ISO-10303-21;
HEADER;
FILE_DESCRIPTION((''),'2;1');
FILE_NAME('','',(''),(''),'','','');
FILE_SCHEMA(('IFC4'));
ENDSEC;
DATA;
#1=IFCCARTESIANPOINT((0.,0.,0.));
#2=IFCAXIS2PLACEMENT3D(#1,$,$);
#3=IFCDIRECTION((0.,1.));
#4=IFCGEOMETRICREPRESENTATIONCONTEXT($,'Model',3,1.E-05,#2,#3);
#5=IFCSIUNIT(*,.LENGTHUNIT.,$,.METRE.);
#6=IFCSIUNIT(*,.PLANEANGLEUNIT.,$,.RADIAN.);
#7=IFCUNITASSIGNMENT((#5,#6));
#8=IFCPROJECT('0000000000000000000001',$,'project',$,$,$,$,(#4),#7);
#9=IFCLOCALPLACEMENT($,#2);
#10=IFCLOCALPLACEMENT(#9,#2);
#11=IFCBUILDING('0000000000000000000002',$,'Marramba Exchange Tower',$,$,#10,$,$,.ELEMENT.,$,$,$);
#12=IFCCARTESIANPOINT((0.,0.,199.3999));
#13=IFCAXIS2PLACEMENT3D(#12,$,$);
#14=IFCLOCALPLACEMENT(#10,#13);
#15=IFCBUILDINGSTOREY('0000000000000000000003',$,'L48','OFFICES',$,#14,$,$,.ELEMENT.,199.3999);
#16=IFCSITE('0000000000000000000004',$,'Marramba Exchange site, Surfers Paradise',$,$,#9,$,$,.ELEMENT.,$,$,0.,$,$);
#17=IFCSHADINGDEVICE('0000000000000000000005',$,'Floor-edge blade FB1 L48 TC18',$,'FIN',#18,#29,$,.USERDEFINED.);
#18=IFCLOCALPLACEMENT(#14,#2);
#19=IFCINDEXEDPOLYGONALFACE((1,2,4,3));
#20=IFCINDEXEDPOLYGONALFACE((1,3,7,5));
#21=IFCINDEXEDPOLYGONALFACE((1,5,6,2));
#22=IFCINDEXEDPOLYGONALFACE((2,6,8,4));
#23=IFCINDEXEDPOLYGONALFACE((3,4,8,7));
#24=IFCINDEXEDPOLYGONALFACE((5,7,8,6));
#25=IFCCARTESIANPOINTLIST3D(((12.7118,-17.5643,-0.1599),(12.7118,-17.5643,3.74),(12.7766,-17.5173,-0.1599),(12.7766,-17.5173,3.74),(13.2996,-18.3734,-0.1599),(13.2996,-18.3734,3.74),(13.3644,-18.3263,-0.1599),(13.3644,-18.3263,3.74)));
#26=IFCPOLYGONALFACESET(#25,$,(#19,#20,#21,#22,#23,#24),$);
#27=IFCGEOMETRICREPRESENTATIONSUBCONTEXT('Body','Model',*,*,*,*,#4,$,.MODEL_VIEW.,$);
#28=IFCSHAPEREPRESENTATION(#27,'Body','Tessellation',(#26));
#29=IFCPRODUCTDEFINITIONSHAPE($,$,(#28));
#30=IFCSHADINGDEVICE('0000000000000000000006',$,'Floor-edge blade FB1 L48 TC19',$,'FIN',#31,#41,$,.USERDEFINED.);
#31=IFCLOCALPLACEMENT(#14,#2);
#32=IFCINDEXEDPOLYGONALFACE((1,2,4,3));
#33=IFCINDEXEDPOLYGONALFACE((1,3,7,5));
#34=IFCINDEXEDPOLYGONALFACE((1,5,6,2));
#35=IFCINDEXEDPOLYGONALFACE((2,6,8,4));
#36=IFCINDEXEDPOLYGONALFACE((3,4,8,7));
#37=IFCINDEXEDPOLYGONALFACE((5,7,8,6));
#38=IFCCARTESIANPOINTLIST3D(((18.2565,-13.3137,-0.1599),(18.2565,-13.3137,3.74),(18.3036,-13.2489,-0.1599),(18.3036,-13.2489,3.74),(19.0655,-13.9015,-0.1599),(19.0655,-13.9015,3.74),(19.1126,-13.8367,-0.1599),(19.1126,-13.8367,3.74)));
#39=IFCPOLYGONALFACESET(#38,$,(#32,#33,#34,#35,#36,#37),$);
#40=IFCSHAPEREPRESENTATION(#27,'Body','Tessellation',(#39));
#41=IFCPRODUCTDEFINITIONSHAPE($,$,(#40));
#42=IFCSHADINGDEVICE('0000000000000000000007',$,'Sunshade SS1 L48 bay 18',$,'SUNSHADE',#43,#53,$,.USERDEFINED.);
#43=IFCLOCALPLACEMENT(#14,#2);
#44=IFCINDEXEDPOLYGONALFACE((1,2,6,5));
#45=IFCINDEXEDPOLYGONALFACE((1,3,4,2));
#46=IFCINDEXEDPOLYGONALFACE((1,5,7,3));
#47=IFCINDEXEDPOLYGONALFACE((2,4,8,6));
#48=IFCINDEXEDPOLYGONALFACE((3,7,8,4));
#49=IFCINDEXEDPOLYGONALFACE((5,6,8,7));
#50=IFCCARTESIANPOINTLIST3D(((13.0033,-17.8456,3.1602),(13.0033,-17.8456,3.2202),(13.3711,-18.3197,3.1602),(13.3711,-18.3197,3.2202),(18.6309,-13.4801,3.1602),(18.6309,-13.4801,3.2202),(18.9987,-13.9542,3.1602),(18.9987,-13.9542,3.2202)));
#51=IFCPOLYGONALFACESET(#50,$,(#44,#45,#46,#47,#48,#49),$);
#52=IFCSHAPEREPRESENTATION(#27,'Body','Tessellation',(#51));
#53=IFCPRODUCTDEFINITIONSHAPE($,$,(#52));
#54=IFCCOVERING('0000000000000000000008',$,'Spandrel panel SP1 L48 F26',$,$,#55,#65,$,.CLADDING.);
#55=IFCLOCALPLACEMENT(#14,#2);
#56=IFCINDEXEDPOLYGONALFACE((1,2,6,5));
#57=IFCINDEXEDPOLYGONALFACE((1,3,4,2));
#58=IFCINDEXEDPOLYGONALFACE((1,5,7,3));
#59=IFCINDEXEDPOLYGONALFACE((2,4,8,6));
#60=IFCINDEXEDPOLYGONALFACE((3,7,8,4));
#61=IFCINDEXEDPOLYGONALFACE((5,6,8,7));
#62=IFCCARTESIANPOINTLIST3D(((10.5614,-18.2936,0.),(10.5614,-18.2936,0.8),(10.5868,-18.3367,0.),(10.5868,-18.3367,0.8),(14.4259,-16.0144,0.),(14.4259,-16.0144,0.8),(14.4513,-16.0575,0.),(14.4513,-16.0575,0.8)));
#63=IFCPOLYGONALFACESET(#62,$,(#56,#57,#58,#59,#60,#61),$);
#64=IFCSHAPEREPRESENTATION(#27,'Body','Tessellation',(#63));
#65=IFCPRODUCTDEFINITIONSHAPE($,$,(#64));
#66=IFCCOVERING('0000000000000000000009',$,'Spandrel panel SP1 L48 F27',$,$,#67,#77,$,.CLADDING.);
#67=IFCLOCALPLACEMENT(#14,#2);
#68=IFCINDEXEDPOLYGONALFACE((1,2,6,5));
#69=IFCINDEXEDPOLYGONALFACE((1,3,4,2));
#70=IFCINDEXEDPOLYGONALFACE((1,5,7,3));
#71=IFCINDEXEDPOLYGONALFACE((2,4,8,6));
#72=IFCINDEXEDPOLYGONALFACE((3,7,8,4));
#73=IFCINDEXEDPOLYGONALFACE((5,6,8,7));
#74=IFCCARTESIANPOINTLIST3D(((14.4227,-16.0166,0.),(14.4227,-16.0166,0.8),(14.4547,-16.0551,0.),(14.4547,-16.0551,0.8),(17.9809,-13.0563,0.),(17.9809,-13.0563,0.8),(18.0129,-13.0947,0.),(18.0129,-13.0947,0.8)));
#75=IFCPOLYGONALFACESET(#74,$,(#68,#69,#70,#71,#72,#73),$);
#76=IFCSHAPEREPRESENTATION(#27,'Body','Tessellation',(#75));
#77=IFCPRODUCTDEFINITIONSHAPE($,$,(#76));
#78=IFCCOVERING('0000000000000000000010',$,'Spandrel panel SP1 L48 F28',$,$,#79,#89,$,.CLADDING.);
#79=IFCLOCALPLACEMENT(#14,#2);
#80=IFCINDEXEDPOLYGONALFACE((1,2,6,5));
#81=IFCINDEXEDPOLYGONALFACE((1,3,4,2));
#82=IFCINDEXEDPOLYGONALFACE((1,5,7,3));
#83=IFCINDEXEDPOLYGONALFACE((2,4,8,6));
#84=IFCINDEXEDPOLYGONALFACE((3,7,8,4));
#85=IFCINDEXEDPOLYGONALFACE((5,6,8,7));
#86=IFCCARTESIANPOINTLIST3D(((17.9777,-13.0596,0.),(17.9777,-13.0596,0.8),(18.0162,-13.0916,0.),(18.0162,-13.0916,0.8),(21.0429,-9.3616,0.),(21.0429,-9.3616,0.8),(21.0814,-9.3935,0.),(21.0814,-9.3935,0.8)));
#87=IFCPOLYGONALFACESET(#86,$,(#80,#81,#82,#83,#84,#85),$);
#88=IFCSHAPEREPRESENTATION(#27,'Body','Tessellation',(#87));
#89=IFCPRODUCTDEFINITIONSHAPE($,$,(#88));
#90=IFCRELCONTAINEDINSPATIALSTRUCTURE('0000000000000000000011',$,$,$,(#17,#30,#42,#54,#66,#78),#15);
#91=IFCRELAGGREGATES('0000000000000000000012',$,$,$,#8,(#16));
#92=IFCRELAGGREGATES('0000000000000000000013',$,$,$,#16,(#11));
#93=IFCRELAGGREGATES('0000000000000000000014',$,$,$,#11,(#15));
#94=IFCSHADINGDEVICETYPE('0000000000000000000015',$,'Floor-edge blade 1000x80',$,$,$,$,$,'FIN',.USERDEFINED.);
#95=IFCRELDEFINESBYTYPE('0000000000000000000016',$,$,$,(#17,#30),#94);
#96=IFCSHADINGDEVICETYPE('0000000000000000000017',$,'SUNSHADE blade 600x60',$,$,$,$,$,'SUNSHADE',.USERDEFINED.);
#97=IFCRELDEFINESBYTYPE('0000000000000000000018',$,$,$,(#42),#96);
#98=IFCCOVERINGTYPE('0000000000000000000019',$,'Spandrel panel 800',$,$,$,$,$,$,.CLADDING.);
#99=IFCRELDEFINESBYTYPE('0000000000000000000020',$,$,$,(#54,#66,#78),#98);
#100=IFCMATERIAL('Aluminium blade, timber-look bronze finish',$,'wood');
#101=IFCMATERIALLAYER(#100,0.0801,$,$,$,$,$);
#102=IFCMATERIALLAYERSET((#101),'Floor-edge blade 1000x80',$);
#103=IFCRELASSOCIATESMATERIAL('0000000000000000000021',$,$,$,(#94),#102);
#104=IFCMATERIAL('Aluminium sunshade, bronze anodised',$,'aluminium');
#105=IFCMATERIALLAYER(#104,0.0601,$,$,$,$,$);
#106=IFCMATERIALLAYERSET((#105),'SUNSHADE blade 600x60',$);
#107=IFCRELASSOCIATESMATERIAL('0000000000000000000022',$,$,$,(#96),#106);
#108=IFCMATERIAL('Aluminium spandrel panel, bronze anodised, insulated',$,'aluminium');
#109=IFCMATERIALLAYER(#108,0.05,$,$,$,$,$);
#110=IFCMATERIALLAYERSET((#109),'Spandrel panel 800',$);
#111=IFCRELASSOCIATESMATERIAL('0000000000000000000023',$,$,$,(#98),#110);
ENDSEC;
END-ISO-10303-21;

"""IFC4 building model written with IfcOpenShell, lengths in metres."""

from ifc_helpers import new_model, si_unit, direction, frame, origin, origin_2d, place, context, subcontext, project, spatial, rectangle, extrude, material, layer, layer_set, type_object, element, save


model = new_model("IFC4")

# Units and contexts
model_context = context("Model", 3, precision=1e-05, world=origin(), true_north=direction((0.0, 1.0)))
body_context = subcontext(model_context, "Body", "Model", "MODEL_VIEW")
ifc_project = project(units=[si_unit("LENGTHUNIT", "METRE"), si_unit("PLANEANGLEUNIT", "RADIAN")], contexts=[model_context])

# Site, building, storey
site_placement = place(None, origin())
site = spatial("IfcSite", under=ifc_project, at=site_placement, Name="Marramba Exchange site, Surfers Paradise", CompositionType="ELEMENT", RefElevation=0.0)
building_placement = place(site_placement, origin())
building = spatial("IfcBuilding", under=site, at=building_placement, Name="Marramba Exchange Tower", CompositionType="ELEMENT")
storey_placement = place(building_placement, frame((0.0, 0.0, 199.3999)))
storey = spatial("IfcBuildingStorey", under=building, at=storey_placement, Name="L48", Description="OFFICES", CompositionType="ELEMENT", Elevation=199.3999)

# Shading devices
ifc_material_1 = material(Name="Aluminium blade, timber-look bronze finish", Category="wood")
ifc_layer_1 = layer(ifc_material_1, 0.0801)
ifc_layer_set_1 = layer_set([ifc_layer_1], Name="Floor-edge blade 1000x80")
shading_device_type_1 = type_object("IfcShadingDeviceType", Name="Floor-edge blade 1000x80", ElementType="FIN", PredefinedType="USERDEFINED", material=ifc_layer_set_1)
for number, where, z_axis, x_axis, name in (
    (1, (13.0381, -17.9453, -0.1599), (0.0, 0.0, 1.0), (0.587785, -0.809017, 0.0), "Floor-edge blade FB1 L48 TC18"),
    (2, (18.6846, -13.5752, -0.1599), (0.0, 0.0, 1.0), (0.809017, -0.587785, 0.0), "Floor-edge blade FB1 L48 TC19"),
):
    element("IfcShadingDevice", number, at=place(storey_placement, frame(where, z_axis=z_axis, x_axis=x_axis)), inside=storey, type_object=shading_device_type_1, Name=name, ObjectType="FIN", PredefinedType="USERDEFINED", context=body_context, shape_type="SweptSolid", body=[
        extrude(rectangle(XDim=1.0, YDim=0.0801, at=origin_2d()), origin(), (0.0, 0.0, 1.0), 3.8999),
    ])
ifc_material_2 = material(Name="Aluminium sunshade, bronze anodised", Category="aluminium")
ifc_layer_2 = layer(ifc_material_2, 0.0601)
ifc_layer_set_2 = layer_set([ifc_layer_2], Name="SUNSHADE blade 600x60")
shading_device_type_2 = type_object("IfcShadingDeviceType", Name="SUNSHADE blade 600x60", ElementType="SUNSHADE", PredefinedType="USERDEFINED", material=ifc_layer_set_2)
shading_device_placement = place(storey_placement, frame((16.001, -15.8999, 3.1602), z_axis=(0.0, 0.0, 1.0), x_axis=(0.790133, 0.612935, 0.0)))
element("IfcShadingDevice", 3, at=shading_device_placement, inside=storey, type_object=shading_device_type_2, Name="Sunshade SS1 L48 bay 18", ObjectType="SUNSHADE", PredefinedType="USERDEFINED", context=body_context, shape_type="SweptSolid", body=[
    extrude(rectangle(XDim=7.1223, YDim=0.6001, at=origin_2d()), origin(), (0.0, 0.0, 1.0), 0.0601),
])

# Coverings
ifc_material_3 = material(Name="Aluminium spandrel panel, bronze anodised, insulated", Category="aluminium")
ifc_layer_3 = layer(ifc_material_3, 0.05)
ifc_layer_set_3 = layer_set([ifc_layer_3], Name="Spandrel panel 800")
covering_type = type_object("IfcCoveringType", Name="Spandrel panel 800", PredefinedType="CLADDING", material=ifc_layer_set_3)
covering_1_placement = place(storey_placement, frame((12.5063, -17.1755, 0.0), z_axis=(0.0, 0.0, 1.0), x_axis=(0.861351, 0.508011, 0.0)))
element("IfcCovering", 4, at=covering_1_placement, inside=storey, type_object=covering_type, Name="Spandrel panel SP1 L48 F26", PredefinedType="CLADDING", context=body_context, shape_type="SweptSolid", body=[
    extrude(rectangle(XDim=4.4866, YDim=0.05, at=origin_2d()), origin(), (0.0, 0.0, 1.0), 0.8),
])
covering_2_placement = place(storey_placement, frame((16.2178, -14.5557, 0.0), z_axis=(0.0, 0.0, 1.0), x_axis=(0.768737, 0.639565, 0.0)))
element("IfcCovering", 5, at=covering_2_placement, inside=storey, type_object=covering_type, Name="Spandrel panel SP1 L48 F27", PredefinedType="CLADDING", context=body_context, shape_type="SweptSolid", body=[
    extrude(rectangle(XDim=4.6287, YDim=0.05, at=origin_2d()), origin(), (0.0, 0.0, 1.0), 0.8),
])
covering_3_placement = place(storey_placement, frame((19.5295, -11.2266, 0.0), z_axis=(0.0, 0.0, 1.0), x_axis=(0.63815, 0.769912, 0.0)))
element("IfcCovering", 6, at=covering_3_placement, inside=storey, type_object=covering_type, Name="Spandrel panel SP1 L48 F28", PredefinedType="CLADDING", context=body_context, shape_type="SweptSolid", body=[
    extrude(rectangle(XDim=4.8032, YDim=0.05, at=origin_2d()), origin(), (0.0, 0.0, 1.0), 0.8),
])

save(model, "model.ifc")
